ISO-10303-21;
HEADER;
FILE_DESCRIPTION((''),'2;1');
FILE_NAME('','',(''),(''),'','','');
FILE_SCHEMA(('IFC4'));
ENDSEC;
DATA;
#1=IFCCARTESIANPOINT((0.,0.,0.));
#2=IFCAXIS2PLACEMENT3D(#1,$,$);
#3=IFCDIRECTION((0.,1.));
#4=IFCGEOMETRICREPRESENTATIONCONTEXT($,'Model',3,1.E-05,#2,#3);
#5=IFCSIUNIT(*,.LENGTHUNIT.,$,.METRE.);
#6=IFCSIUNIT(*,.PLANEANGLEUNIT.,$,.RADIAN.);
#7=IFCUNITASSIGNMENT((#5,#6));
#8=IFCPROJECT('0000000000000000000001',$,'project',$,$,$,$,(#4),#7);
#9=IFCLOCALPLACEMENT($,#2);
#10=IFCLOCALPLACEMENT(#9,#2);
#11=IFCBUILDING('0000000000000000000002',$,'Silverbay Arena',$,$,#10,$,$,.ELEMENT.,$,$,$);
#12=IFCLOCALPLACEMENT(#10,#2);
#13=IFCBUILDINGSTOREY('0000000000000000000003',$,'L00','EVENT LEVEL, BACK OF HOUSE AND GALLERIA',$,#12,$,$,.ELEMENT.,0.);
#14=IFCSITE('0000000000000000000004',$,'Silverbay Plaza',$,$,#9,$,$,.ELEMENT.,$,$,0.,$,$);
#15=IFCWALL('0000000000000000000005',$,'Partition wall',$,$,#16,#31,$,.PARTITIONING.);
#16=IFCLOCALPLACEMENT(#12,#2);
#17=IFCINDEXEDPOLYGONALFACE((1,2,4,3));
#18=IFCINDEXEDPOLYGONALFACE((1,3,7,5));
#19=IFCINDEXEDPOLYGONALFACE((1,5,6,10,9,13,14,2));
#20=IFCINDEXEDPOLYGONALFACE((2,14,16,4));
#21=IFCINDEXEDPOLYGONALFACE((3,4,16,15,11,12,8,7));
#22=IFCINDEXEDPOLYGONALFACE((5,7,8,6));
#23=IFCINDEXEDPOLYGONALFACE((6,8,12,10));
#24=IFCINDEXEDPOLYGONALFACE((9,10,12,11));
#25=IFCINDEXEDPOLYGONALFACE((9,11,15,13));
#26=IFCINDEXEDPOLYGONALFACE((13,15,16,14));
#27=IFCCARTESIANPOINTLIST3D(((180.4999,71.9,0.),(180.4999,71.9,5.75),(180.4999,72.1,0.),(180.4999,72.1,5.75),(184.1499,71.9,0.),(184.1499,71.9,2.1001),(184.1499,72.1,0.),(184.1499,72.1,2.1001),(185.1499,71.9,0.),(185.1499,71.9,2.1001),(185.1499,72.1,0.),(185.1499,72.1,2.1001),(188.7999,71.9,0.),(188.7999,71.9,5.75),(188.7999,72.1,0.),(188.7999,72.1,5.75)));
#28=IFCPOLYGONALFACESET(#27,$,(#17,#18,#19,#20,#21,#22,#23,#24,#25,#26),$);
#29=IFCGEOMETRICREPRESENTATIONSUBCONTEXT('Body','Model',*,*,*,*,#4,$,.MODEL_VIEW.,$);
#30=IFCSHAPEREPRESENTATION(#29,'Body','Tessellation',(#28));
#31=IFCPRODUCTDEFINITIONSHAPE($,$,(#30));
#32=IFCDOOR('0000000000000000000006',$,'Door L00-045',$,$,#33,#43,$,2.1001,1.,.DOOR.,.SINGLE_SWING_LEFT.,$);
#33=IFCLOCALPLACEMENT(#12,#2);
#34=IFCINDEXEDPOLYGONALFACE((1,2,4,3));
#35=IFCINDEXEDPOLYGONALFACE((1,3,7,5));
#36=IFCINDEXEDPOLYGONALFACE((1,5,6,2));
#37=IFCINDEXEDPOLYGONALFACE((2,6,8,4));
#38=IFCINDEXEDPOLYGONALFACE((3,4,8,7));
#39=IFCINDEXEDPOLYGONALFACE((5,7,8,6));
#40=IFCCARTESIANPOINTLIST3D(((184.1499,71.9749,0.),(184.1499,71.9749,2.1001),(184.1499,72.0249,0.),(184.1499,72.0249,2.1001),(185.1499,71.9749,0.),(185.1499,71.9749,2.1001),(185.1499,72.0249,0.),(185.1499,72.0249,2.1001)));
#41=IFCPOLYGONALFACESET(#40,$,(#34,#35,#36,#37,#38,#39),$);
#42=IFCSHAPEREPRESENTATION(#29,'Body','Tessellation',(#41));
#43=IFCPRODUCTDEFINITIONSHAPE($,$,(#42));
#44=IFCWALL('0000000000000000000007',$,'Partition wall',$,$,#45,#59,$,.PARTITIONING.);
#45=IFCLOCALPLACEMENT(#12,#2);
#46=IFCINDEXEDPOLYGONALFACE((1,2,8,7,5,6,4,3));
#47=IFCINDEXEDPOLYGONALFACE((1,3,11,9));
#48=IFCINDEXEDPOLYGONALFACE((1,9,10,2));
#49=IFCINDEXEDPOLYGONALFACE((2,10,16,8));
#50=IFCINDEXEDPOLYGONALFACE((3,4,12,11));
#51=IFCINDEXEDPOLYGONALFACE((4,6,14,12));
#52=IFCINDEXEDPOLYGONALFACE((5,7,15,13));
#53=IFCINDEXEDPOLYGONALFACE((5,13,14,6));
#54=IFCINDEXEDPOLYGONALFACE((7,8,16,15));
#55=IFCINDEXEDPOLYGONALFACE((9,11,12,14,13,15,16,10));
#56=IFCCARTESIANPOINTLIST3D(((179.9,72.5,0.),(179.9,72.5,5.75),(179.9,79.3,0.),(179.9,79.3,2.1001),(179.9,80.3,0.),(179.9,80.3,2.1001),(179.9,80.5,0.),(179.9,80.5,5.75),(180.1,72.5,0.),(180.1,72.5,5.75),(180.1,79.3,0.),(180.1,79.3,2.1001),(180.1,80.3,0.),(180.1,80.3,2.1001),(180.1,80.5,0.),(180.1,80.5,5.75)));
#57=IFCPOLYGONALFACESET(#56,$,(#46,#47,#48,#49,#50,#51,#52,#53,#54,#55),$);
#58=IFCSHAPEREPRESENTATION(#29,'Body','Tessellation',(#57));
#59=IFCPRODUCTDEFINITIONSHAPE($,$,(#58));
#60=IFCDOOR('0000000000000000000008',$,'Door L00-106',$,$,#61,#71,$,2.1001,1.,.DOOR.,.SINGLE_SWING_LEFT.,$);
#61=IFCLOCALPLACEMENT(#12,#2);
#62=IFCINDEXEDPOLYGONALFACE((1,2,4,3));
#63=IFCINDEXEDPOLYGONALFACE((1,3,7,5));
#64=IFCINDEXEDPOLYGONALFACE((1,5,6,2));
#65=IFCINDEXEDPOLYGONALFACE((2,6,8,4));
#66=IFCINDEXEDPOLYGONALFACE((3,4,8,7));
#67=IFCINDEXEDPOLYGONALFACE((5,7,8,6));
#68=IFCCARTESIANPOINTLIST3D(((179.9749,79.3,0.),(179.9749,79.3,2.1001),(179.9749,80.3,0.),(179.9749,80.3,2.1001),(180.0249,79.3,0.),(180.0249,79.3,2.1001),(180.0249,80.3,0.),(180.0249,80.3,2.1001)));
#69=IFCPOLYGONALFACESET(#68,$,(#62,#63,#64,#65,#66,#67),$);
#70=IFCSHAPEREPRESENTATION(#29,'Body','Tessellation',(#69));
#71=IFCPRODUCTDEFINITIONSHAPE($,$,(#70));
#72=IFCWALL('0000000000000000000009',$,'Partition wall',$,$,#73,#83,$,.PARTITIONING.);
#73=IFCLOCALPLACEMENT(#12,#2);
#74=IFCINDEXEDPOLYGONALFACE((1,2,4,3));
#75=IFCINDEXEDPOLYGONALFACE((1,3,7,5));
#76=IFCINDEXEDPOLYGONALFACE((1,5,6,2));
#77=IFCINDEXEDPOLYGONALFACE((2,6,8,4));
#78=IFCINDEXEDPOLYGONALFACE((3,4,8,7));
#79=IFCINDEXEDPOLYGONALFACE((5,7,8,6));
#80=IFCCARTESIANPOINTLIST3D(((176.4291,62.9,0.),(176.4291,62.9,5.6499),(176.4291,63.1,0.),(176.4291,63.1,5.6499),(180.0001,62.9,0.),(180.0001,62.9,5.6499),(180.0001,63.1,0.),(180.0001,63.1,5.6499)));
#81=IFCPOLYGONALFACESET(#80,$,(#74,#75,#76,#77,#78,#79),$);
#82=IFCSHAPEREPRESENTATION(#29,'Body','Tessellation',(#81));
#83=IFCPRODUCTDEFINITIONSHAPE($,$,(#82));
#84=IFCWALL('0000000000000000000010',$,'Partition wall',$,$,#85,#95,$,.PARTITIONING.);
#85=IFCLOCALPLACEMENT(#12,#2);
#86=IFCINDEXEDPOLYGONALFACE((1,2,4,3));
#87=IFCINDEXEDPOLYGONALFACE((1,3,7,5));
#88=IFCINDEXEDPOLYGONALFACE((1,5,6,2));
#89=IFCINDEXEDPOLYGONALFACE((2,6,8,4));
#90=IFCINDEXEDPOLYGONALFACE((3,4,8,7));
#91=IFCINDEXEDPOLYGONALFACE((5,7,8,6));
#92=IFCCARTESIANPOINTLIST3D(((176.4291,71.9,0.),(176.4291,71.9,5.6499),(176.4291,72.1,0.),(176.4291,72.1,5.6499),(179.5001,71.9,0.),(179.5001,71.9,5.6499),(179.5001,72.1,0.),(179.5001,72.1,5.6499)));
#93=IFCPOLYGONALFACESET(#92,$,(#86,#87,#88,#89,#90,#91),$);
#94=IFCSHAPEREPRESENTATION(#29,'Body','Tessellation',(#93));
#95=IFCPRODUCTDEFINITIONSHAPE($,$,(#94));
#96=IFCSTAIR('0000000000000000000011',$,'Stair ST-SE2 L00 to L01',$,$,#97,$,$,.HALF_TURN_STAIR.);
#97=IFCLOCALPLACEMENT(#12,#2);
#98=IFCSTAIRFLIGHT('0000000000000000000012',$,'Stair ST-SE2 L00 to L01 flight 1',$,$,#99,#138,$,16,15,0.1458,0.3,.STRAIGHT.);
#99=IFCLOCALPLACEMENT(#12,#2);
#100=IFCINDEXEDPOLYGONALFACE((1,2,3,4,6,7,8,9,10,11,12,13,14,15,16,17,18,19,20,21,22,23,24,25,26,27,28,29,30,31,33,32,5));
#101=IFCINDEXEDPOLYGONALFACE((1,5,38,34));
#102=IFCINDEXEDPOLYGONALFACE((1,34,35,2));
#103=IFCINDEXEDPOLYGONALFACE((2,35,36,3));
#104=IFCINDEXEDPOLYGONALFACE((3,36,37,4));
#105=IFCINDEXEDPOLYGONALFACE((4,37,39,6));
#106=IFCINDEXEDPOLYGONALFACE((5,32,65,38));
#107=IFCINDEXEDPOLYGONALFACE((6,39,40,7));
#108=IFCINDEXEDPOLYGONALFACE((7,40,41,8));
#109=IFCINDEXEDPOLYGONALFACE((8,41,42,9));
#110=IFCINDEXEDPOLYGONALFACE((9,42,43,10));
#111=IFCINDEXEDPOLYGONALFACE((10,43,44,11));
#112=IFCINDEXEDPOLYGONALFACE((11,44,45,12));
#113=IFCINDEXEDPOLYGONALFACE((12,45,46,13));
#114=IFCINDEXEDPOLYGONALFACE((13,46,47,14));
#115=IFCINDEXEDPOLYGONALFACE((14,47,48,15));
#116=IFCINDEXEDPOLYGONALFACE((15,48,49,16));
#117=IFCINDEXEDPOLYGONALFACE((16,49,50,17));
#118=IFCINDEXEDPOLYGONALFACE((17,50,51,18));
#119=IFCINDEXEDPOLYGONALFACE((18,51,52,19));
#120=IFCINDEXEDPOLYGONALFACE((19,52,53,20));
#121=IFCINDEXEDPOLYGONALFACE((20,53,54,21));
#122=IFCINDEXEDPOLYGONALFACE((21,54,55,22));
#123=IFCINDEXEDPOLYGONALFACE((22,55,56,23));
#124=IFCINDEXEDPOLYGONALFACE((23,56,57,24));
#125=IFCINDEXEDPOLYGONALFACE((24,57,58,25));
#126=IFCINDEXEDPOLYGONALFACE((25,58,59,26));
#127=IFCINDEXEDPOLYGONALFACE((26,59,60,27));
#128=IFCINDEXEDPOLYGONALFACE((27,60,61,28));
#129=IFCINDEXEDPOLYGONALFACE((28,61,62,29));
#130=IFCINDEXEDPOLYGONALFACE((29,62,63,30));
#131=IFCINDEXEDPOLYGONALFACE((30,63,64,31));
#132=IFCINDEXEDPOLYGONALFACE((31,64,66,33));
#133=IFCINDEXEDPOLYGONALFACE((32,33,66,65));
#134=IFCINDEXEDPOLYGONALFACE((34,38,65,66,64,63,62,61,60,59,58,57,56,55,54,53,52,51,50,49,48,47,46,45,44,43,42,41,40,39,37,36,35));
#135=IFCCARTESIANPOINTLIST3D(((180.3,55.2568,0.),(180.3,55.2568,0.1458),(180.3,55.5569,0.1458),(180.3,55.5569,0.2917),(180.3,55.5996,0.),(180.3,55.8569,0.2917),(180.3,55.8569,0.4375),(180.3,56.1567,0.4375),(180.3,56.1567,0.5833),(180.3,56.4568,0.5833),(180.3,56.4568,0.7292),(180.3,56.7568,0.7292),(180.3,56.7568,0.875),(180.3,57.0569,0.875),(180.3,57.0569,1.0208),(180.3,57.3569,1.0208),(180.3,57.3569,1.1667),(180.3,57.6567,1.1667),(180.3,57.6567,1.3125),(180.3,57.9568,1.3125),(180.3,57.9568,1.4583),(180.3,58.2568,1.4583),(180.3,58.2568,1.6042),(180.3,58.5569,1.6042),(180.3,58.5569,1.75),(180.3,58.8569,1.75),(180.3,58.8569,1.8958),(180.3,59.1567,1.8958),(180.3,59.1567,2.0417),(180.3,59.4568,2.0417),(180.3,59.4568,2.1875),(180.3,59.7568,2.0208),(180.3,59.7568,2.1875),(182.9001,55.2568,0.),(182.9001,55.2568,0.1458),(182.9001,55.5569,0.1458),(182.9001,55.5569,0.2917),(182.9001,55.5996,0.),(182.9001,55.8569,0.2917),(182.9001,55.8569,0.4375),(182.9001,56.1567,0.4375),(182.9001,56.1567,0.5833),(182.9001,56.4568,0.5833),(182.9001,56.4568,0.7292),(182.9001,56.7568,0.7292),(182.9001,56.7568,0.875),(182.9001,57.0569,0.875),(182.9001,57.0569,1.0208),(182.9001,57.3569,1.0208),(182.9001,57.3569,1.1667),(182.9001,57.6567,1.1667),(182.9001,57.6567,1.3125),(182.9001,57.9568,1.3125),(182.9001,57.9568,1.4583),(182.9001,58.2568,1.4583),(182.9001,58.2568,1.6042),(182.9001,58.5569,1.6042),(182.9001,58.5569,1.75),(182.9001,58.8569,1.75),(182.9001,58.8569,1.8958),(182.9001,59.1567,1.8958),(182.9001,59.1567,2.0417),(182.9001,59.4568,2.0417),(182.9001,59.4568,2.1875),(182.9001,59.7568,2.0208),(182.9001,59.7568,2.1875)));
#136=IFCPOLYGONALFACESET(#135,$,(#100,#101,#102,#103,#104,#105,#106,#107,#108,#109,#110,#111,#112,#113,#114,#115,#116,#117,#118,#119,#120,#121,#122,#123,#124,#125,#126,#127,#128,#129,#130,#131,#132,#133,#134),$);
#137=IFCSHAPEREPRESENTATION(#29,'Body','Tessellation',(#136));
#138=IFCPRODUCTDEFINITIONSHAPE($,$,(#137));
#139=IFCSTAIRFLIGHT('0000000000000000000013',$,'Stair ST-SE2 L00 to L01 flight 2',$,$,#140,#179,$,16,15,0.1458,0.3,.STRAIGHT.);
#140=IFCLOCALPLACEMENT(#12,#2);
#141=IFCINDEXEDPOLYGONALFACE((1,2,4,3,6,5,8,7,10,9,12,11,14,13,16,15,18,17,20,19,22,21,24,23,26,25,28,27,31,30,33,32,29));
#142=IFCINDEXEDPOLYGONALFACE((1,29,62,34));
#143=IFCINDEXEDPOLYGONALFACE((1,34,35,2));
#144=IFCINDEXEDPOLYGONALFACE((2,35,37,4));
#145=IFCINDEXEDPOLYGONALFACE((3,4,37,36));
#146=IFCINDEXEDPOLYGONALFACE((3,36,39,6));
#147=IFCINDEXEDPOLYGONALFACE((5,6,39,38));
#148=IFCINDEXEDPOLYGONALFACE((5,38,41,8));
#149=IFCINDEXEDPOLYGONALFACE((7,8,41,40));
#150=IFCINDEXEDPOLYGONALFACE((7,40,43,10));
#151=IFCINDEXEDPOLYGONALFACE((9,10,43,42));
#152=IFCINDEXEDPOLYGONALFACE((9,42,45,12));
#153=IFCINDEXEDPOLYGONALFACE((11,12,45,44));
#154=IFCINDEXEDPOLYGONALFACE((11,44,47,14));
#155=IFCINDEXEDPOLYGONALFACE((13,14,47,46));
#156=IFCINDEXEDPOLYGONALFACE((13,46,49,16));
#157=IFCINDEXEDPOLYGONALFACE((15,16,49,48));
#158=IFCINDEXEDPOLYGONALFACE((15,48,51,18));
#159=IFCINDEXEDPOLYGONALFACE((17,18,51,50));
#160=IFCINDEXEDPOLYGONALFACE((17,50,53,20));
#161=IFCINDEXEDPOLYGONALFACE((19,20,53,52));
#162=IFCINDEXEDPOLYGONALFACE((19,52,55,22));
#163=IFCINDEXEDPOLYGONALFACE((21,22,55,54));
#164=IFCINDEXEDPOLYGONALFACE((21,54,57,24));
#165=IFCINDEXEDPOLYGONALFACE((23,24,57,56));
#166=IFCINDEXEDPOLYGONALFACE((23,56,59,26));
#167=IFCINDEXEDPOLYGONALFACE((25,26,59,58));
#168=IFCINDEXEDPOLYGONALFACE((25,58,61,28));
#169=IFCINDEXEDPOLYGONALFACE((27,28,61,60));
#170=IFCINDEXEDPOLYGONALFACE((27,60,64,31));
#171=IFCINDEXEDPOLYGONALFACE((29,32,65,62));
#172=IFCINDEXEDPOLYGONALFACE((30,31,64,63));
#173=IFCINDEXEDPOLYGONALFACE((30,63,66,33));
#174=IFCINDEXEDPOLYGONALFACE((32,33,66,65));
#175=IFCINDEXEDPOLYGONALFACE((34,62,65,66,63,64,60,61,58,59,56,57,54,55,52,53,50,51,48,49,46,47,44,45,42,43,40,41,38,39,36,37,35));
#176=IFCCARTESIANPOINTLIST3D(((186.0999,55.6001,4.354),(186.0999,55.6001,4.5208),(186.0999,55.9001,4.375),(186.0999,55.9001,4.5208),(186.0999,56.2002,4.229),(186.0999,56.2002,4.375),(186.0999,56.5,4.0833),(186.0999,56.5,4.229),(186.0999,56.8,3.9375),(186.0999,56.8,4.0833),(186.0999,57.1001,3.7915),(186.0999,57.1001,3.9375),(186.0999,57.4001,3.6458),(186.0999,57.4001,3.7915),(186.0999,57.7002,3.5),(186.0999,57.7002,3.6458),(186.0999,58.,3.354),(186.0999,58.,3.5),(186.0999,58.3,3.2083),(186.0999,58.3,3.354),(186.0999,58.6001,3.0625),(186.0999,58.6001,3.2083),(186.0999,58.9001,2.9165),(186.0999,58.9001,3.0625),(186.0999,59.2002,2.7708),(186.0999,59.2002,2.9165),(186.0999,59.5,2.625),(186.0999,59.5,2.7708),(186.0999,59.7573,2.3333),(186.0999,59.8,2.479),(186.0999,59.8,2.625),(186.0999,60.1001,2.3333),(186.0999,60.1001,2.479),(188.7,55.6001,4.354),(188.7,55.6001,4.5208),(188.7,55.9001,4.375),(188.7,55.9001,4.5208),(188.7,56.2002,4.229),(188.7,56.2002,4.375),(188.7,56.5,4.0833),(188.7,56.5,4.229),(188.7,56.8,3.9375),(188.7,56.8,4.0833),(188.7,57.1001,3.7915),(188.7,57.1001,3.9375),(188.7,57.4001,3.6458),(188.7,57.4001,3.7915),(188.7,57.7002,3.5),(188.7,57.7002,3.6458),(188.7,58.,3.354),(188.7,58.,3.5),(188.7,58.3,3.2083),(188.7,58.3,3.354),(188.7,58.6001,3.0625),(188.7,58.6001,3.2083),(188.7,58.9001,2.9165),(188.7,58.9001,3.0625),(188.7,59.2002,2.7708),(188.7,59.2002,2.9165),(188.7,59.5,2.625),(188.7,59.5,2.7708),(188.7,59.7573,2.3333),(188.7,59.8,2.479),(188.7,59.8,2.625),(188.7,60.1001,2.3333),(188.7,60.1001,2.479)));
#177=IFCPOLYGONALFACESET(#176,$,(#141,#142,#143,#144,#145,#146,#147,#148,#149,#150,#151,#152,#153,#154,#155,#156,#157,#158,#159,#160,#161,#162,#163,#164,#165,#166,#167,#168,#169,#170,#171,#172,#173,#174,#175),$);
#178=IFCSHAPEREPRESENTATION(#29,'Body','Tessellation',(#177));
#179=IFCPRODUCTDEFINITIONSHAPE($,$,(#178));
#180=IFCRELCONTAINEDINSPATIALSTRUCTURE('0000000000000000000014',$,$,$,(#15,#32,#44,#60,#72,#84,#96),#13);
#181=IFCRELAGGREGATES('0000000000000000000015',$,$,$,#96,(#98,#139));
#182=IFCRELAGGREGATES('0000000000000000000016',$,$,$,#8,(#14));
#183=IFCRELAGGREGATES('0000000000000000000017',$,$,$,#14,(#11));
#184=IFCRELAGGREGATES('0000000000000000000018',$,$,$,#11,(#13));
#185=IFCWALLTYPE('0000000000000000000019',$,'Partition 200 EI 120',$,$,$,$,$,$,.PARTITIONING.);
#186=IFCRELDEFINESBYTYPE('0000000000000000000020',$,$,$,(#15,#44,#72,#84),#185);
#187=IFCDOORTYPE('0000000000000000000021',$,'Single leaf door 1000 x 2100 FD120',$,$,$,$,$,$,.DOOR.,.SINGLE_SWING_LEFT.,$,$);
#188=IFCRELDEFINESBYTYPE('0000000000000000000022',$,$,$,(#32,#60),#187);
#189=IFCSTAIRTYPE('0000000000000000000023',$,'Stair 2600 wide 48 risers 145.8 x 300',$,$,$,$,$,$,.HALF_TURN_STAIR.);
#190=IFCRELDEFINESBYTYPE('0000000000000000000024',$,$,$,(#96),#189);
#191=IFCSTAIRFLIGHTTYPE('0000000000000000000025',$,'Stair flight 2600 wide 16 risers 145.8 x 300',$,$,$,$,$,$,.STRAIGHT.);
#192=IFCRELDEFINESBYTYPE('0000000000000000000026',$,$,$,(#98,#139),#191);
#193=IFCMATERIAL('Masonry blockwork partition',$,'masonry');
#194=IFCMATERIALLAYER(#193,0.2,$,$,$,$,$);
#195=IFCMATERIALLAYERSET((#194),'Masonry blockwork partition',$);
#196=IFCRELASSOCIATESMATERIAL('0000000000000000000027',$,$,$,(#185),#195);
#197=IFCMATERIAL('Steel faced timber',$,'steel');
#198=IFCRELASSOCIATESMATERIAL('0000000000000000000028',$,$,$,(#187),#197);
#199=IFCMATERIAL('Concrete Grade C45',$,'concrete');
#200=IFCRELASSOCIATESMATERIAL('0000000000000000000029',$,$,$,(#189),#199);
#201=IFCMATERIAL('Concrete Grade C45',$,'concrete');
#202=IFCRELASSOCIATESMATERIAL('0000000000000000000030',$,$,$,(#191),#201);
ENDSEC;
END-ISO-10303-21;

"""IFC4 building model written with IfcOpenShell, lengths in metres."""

from ifc_helpers import new_model, si_unit, direction, frame, frame_2d, origin, place, context, subcontext, project, spatial, polyline, rectangle, outline, extrude, material, layer, layer_set, type_object, element, fill, aggregate, save


model = new_model("IFC4")

# Units and contexts
model_context = context("Model", 3, precision=1e-05, world=origin(), true_north=direction((0.0, 1.0)))
body_context = subcontext(model_context, "Body", "Model", "MODEL_VIEW")
ifc_project = project(units=[si_unit("LENGTHUNIT", "METRE"), si_unit("PLANEANGLEUNIT", "RADIAN")], contexts=[model_context])

# Site, building, storey
site_placement = place(None, origin())
site = spatial("IfcSite", under=ifc_project, at=site_placement, Name="Silverbay Plaza", CompositionType="ELEMENT", RefElevation=0.0)
building_placement = place(site_placement, origin())
building = spatial("IfcBuilding", under=site, at=building_placement, Name="Silverbay Arena", CompositionType="ELEMENT")
storey_placement = place(building_placement, origin())
storey = spatial("IfcBuildingStorey", under=building, at=storey_placement, Name="L00", Description="EVENT LEVEL, BACK OF HOUSE AND GALLERIA", CompositionType="ELEMENT", Elevation=0.0)

# Walls, openings, doors
ifc_material_1 = material(Name="Masonry blockwork partition", Category="masonry")
ifc_layer_1 = layer(ifc_material_1, 0.2)
ifc_layer_set_1 = layer_set([ifc_layer_1], Name="Masonry blockwork partition")
wall_type_1 = type_object("IfcWallType", Name="Partition 200 EI 120", PredefinedType="PARTITIONING", material=ifc_layer_set_1)
wall_1_placement = place(storey_placement, frame((180.5, 72.0, 0.0), z_axis=(0.0, 0.0, 1.0), x_axis=(1.0, 0.0, 0.0)))
wall_1 = element("IfcWall", 1, at=wall_1_placement, inside=storey, type_object=wall_type_1, Name="Partition wall", PredefinedType="PARTITIONING", context=body_context, shape_type="SweptSolid", body=[
    extrude(rectangle(XDim=8.3, YDim=0.2, at=frame_2d((4.1499, 0.0))), origin(), (0.0, 0.0, 1.0), 5.75),
])
opening_1_placement = place(wall_1_placement, frame((3.6499, 0.0, 0.0)))
opening_1 = element("IfcOpeningElement", 2, at=opening_1_placement, cuts=wall_1, PredefinedType="OPENING", context=body_context, shape_type="SweptSolid", body=[
    extrude(rectangle(XDim=1.0, YDim=2.1001, at=frame_2d((0.5, 1.05))), frame((0.0, 0.1099, 0.0), z_axis=(0.0, -1.0, 0.0), x_axis=(1.0, 0.0, 0.0)), (0.0, 0.0, 1.0), 0.22),
])
ifc_material_2 = material(Name="Steel faced timber", Category="steel")
door_type_1 = type_object("IfcDoorType", Name="Single leaf door 1000 x 2100 FD120", OperationType="SINGLE_SWING_LEFT", PredefinedType="DOOR", material=ifc_material_2)
door_1_placement = place(opening_1_placement, origin())
door_1 = element("IfcDoor", 3, at=door_1_placement, inside=storey, type_object=door_type_1, Name="Door L00-045", OperationType="SINGLE_SWING_LEFT", OverallHeight=2.1001, OverallWidth=1.0, PredefinedType="DOOR", context=body_context, shape_type="SweptSolid", body=[
    extrude(rectangle(XDim=1.0, YDim=2.1001, at=frame_2d((0.5, 1.05))), frame((0.0, 0.0249, 0.0), z_axis=(0.0, -1.0, 0.0), x_axis=(1.0, 0.0, 0.0)), (0.0, 0.0, 1.0), 0.05),
])
fill(opening_1, door_1)
wall_2_placement = place(storey_placement, frame((180.0, 72.5, 0.0), z_axis=(0.0, 0.0, 1.0), x_axis=(0.0, 1.0, 0.0)))
wall_2 = element("IfcWall", 4, at=wall_2_placement, inside=storey, type_object=wall_type_1, Name="Partition wall", PredefinedType="PARTITIONING", context=body_context, shape_type="SweptSolid", body=[
    extrude(rectangle(XDim=8.0, YDim=0.2, at=frame_2d((4.0, 0.0))), origin(), (0.0, 0.0, 1.0), 5.75),
])
opening_2_placement = place(wall_2_placement, frame((6.8, 0.0, 0.0)))
opening_2 = element("IfcOpeningElement", 5, at=opening_2_placement, cuts=wall_2, PredefinedType="OPENING", context=body_context, shape_type="SweptSolid", body=[
    extrude(rectangle(XDim=1.0, YDim=2.1001, at=frame_2d((0.5, 1.05))), frame((0.0, 0.1099, 0.0), z_axis=(0.0, -1.0, 0.0), x_axis=(1.0, 0.0, 0.0)), (0.0, 0.0, 1.0), 0.22),
])
door_2_placement = place(opening_2_placement, frame((1.0, 0.0, 0.0), z_axis=(0.0, 0.0, 1.0), x_axis=(-1.0, 0.0, 0.0)))
door_2 = element("IfcDoor", 6, at=door_2_placement, inside=storey, type_object=door_type_1, Name="Door L00-106", OperationType="SINGLE_SWING_LEFT", OverallHeight=2.1001, OverallWidth=1.0, PredefinedType="DOOR", context=body_context, shape_type="SweptSolid", body=[
    extrude(rectangle(XDim=1.0, YDim=2.1001, at=frame_2d((0.5, 1.05))), frame((0.0, 0.0249, 0.0), z_axis=(0.0, -1.0, 0.0), x_axis=(1.0, 0.0, 0.0)), (0.0, 0.0, 1.0), 0.05),
])
fill(opening_2, door_2)

# Walls
wall_3_placement = place(storey_placement, frame((176.429, 63.0, 0.0), z_axis=(0.0, 0.0, 1.0), x_axis=(1.0, 0.0, 0.0)))
element("IfcWall", 7, at=wall_3_placement, inside=storey, type_object=wall_type_1, Name="Partition wall", PredefinedType="PARTITIONING", context=body_context, shape_type="SweptSolid", body=[
    extrude(rectangle(XDim=3.571, YDim=0.2, at=frame_2d((1.7856, 0.0))), origin(), (0.0, 0.0, 1.0), 5.6499),
])
wall_4_placement = place(storey_placement, frame((176.429, 72.0, 0.0), z_axis=(0.0, 0.0, 1.0), x_axis=(1.0, 0.0, 0.0)))
element("IfcWall", 8, at=wall_4_placement, inside=storey, type_object=wall_type_1, Name="Partition wall", PredefinedType="PARTITIONING", context=body_context, shape_type="SweptSolid", body=[
    extrude(rectangle(XDim=3.071, YDim=0.2, at=frame_2d((1.5356, 0.0))), origin(), (0.0, 0.0, 1.0), 5.6499),
])

# Stair, stair flights
ifc_material_3 = material(Name="Concrete Grade C45", Category="concrete")
stair_type = type_object("IfcStairType", Name="Stair 2600 wide 48 risers 145.8 x 300", PredefinedType="HALF_TURN_STAIR", material=ifc_material_3)
stair_placement = place(storey_placement, origin())
stair = element("IfcStair", 9, at=stair_placement, inside=storey, type_object=stair_type, Name="Stair ST-SE2 L00 to L01", PredefinedType="HALF_TURN_STAIR")
ifc_material_4 = material(Name="Concrete Grade C45", Category="concrete")
stair_flight_type = type_object("IfcStairFlightType", Name="Stair flight 2600 wide 16 risers 145.8 x 300", PredefinedType="STRAIGHT", material=ifc_material_4)
stair_flight_1_placement = place(storey_placement, frame((181.6001, 55.2568, 0.0), z_axis=(0.0, 0.0, 1.0), x_axis=(0.0, 1.0, 0.0)))
stair_flight_1 = element("IfcStairFlight", 10, at=stair_flight_1_placement, type_object=stair_flight_type, Name="Stair ST-SE2 L00 to L01 flight 1", NumberOfRisers=16, NumberOfTreads=15, PredefinedType="STRAIGHT", RiserHeight=0.1458, TreadLength=0.3, context=body_context, shape_type="SweptSolid", body=[
    extrude(outline(polyline([(0.0, 0.0), (0.0, 0.1458), (0.3, 0.1458), (0.3, 0.2917), (0.6001, 0.2917), (0.6001, 0.4375), (0.8999, 0.4375), (0.8999, 0.5833), (1.2, 0.5833), (1.2, 0.7292), (1.5, 0.7292), (1.5, 0.875), (1.8, 0.875), (1.8, 1.0208), (2.1001, 1.0208), (2.1001, 1.1667), (2.3999, 1.1667), (2.3999, 1.3125), (2.7, 1.3125), (2.7, 1.4583), (3.0, 1.4583), (3.0, 1.6042), (3.3, 1.6042), (3.3, 1.75), (3.6001, 1.75), (3.6001, 1.8958), (3.8999, 1.8958), (3.8999, 2.0417), (4.2, 2.0417), (4.2, 2.1875), (4.5, 2.1875), (4.5, 2.0208), (0.3428, 0.0), (0.0, 0.0)])), frame((0.0, 1.3, 0.0), z_axis=(0.0, -1.0, 0.0), x_axis=(1.0, 0.0, 0.0)), (0.0, 0.0, 1.0), 2.6001),
])
stair_flight_2_placement = place(storey_placement, frame((187.3999, 60.1001, 2.3333), z_axis=(0.0, 0.0, 1.0), x_axis=(0.0, -1.0, 0.0)))
stair_flight_2 = element("IfcStairFlight", 11, at=stair_flight_2_placement, type_object=stair_flight_type, Name="Stair ST-SE2 L00 to L01 flight 2", NumberOfRisers=16, NumberOfTreads=15, PredefinedType="STRAIGHT", RiserHeight=0.1458, TreadLength=0.3, context=body_context, shape_type="SweptSolid", body=[
    extrude(outline(polyline([(0.0, 0.0), (0.0, 0.1458), (0.3, 0.1458), (0.3, 0.2917), (0.6001, 0.2917), (0.6001, 0.4375), (0.8999, 0.4375), (0.8999, 0.5833), (1.2, 0.5833), (1.2, 0.7292), (1.5, 0.7292), (1.5, 0.875), (1.8, 0.875), (1.8, 1.0208), (2.1001, 1.0208), (2.1001, 1.1667), (2.3999, 1.1667), (2.3999, 1.3125), (2.7, 1.3125), (2.7, 1.4583), (3.0, 1.4583), (3.0, 1.6042), (3.3, 1.6042), (3.3, 1.75), (3.6001, 1.75), (3.6001, 1.8958), (3.8999, 1.8958), (3.8999, 2.0417), (4.2, 2.0417), (4.2, 2.1875), (4.5, 2.1875), (4.5, 2.0208), (0.3428, 0.0), (0.0, 0.0)])), frame((0.0, 1.3, 0.0), z_axis=(0.0, -1.0, 0.0), x_axis=(1.0, 0.0, 0.0)), (0.0, 0.0, 1.0), 2.6001),
])
aggregate(stair, [stair_flight_1, stair_flight_2])

save(model, "model.ifc")
